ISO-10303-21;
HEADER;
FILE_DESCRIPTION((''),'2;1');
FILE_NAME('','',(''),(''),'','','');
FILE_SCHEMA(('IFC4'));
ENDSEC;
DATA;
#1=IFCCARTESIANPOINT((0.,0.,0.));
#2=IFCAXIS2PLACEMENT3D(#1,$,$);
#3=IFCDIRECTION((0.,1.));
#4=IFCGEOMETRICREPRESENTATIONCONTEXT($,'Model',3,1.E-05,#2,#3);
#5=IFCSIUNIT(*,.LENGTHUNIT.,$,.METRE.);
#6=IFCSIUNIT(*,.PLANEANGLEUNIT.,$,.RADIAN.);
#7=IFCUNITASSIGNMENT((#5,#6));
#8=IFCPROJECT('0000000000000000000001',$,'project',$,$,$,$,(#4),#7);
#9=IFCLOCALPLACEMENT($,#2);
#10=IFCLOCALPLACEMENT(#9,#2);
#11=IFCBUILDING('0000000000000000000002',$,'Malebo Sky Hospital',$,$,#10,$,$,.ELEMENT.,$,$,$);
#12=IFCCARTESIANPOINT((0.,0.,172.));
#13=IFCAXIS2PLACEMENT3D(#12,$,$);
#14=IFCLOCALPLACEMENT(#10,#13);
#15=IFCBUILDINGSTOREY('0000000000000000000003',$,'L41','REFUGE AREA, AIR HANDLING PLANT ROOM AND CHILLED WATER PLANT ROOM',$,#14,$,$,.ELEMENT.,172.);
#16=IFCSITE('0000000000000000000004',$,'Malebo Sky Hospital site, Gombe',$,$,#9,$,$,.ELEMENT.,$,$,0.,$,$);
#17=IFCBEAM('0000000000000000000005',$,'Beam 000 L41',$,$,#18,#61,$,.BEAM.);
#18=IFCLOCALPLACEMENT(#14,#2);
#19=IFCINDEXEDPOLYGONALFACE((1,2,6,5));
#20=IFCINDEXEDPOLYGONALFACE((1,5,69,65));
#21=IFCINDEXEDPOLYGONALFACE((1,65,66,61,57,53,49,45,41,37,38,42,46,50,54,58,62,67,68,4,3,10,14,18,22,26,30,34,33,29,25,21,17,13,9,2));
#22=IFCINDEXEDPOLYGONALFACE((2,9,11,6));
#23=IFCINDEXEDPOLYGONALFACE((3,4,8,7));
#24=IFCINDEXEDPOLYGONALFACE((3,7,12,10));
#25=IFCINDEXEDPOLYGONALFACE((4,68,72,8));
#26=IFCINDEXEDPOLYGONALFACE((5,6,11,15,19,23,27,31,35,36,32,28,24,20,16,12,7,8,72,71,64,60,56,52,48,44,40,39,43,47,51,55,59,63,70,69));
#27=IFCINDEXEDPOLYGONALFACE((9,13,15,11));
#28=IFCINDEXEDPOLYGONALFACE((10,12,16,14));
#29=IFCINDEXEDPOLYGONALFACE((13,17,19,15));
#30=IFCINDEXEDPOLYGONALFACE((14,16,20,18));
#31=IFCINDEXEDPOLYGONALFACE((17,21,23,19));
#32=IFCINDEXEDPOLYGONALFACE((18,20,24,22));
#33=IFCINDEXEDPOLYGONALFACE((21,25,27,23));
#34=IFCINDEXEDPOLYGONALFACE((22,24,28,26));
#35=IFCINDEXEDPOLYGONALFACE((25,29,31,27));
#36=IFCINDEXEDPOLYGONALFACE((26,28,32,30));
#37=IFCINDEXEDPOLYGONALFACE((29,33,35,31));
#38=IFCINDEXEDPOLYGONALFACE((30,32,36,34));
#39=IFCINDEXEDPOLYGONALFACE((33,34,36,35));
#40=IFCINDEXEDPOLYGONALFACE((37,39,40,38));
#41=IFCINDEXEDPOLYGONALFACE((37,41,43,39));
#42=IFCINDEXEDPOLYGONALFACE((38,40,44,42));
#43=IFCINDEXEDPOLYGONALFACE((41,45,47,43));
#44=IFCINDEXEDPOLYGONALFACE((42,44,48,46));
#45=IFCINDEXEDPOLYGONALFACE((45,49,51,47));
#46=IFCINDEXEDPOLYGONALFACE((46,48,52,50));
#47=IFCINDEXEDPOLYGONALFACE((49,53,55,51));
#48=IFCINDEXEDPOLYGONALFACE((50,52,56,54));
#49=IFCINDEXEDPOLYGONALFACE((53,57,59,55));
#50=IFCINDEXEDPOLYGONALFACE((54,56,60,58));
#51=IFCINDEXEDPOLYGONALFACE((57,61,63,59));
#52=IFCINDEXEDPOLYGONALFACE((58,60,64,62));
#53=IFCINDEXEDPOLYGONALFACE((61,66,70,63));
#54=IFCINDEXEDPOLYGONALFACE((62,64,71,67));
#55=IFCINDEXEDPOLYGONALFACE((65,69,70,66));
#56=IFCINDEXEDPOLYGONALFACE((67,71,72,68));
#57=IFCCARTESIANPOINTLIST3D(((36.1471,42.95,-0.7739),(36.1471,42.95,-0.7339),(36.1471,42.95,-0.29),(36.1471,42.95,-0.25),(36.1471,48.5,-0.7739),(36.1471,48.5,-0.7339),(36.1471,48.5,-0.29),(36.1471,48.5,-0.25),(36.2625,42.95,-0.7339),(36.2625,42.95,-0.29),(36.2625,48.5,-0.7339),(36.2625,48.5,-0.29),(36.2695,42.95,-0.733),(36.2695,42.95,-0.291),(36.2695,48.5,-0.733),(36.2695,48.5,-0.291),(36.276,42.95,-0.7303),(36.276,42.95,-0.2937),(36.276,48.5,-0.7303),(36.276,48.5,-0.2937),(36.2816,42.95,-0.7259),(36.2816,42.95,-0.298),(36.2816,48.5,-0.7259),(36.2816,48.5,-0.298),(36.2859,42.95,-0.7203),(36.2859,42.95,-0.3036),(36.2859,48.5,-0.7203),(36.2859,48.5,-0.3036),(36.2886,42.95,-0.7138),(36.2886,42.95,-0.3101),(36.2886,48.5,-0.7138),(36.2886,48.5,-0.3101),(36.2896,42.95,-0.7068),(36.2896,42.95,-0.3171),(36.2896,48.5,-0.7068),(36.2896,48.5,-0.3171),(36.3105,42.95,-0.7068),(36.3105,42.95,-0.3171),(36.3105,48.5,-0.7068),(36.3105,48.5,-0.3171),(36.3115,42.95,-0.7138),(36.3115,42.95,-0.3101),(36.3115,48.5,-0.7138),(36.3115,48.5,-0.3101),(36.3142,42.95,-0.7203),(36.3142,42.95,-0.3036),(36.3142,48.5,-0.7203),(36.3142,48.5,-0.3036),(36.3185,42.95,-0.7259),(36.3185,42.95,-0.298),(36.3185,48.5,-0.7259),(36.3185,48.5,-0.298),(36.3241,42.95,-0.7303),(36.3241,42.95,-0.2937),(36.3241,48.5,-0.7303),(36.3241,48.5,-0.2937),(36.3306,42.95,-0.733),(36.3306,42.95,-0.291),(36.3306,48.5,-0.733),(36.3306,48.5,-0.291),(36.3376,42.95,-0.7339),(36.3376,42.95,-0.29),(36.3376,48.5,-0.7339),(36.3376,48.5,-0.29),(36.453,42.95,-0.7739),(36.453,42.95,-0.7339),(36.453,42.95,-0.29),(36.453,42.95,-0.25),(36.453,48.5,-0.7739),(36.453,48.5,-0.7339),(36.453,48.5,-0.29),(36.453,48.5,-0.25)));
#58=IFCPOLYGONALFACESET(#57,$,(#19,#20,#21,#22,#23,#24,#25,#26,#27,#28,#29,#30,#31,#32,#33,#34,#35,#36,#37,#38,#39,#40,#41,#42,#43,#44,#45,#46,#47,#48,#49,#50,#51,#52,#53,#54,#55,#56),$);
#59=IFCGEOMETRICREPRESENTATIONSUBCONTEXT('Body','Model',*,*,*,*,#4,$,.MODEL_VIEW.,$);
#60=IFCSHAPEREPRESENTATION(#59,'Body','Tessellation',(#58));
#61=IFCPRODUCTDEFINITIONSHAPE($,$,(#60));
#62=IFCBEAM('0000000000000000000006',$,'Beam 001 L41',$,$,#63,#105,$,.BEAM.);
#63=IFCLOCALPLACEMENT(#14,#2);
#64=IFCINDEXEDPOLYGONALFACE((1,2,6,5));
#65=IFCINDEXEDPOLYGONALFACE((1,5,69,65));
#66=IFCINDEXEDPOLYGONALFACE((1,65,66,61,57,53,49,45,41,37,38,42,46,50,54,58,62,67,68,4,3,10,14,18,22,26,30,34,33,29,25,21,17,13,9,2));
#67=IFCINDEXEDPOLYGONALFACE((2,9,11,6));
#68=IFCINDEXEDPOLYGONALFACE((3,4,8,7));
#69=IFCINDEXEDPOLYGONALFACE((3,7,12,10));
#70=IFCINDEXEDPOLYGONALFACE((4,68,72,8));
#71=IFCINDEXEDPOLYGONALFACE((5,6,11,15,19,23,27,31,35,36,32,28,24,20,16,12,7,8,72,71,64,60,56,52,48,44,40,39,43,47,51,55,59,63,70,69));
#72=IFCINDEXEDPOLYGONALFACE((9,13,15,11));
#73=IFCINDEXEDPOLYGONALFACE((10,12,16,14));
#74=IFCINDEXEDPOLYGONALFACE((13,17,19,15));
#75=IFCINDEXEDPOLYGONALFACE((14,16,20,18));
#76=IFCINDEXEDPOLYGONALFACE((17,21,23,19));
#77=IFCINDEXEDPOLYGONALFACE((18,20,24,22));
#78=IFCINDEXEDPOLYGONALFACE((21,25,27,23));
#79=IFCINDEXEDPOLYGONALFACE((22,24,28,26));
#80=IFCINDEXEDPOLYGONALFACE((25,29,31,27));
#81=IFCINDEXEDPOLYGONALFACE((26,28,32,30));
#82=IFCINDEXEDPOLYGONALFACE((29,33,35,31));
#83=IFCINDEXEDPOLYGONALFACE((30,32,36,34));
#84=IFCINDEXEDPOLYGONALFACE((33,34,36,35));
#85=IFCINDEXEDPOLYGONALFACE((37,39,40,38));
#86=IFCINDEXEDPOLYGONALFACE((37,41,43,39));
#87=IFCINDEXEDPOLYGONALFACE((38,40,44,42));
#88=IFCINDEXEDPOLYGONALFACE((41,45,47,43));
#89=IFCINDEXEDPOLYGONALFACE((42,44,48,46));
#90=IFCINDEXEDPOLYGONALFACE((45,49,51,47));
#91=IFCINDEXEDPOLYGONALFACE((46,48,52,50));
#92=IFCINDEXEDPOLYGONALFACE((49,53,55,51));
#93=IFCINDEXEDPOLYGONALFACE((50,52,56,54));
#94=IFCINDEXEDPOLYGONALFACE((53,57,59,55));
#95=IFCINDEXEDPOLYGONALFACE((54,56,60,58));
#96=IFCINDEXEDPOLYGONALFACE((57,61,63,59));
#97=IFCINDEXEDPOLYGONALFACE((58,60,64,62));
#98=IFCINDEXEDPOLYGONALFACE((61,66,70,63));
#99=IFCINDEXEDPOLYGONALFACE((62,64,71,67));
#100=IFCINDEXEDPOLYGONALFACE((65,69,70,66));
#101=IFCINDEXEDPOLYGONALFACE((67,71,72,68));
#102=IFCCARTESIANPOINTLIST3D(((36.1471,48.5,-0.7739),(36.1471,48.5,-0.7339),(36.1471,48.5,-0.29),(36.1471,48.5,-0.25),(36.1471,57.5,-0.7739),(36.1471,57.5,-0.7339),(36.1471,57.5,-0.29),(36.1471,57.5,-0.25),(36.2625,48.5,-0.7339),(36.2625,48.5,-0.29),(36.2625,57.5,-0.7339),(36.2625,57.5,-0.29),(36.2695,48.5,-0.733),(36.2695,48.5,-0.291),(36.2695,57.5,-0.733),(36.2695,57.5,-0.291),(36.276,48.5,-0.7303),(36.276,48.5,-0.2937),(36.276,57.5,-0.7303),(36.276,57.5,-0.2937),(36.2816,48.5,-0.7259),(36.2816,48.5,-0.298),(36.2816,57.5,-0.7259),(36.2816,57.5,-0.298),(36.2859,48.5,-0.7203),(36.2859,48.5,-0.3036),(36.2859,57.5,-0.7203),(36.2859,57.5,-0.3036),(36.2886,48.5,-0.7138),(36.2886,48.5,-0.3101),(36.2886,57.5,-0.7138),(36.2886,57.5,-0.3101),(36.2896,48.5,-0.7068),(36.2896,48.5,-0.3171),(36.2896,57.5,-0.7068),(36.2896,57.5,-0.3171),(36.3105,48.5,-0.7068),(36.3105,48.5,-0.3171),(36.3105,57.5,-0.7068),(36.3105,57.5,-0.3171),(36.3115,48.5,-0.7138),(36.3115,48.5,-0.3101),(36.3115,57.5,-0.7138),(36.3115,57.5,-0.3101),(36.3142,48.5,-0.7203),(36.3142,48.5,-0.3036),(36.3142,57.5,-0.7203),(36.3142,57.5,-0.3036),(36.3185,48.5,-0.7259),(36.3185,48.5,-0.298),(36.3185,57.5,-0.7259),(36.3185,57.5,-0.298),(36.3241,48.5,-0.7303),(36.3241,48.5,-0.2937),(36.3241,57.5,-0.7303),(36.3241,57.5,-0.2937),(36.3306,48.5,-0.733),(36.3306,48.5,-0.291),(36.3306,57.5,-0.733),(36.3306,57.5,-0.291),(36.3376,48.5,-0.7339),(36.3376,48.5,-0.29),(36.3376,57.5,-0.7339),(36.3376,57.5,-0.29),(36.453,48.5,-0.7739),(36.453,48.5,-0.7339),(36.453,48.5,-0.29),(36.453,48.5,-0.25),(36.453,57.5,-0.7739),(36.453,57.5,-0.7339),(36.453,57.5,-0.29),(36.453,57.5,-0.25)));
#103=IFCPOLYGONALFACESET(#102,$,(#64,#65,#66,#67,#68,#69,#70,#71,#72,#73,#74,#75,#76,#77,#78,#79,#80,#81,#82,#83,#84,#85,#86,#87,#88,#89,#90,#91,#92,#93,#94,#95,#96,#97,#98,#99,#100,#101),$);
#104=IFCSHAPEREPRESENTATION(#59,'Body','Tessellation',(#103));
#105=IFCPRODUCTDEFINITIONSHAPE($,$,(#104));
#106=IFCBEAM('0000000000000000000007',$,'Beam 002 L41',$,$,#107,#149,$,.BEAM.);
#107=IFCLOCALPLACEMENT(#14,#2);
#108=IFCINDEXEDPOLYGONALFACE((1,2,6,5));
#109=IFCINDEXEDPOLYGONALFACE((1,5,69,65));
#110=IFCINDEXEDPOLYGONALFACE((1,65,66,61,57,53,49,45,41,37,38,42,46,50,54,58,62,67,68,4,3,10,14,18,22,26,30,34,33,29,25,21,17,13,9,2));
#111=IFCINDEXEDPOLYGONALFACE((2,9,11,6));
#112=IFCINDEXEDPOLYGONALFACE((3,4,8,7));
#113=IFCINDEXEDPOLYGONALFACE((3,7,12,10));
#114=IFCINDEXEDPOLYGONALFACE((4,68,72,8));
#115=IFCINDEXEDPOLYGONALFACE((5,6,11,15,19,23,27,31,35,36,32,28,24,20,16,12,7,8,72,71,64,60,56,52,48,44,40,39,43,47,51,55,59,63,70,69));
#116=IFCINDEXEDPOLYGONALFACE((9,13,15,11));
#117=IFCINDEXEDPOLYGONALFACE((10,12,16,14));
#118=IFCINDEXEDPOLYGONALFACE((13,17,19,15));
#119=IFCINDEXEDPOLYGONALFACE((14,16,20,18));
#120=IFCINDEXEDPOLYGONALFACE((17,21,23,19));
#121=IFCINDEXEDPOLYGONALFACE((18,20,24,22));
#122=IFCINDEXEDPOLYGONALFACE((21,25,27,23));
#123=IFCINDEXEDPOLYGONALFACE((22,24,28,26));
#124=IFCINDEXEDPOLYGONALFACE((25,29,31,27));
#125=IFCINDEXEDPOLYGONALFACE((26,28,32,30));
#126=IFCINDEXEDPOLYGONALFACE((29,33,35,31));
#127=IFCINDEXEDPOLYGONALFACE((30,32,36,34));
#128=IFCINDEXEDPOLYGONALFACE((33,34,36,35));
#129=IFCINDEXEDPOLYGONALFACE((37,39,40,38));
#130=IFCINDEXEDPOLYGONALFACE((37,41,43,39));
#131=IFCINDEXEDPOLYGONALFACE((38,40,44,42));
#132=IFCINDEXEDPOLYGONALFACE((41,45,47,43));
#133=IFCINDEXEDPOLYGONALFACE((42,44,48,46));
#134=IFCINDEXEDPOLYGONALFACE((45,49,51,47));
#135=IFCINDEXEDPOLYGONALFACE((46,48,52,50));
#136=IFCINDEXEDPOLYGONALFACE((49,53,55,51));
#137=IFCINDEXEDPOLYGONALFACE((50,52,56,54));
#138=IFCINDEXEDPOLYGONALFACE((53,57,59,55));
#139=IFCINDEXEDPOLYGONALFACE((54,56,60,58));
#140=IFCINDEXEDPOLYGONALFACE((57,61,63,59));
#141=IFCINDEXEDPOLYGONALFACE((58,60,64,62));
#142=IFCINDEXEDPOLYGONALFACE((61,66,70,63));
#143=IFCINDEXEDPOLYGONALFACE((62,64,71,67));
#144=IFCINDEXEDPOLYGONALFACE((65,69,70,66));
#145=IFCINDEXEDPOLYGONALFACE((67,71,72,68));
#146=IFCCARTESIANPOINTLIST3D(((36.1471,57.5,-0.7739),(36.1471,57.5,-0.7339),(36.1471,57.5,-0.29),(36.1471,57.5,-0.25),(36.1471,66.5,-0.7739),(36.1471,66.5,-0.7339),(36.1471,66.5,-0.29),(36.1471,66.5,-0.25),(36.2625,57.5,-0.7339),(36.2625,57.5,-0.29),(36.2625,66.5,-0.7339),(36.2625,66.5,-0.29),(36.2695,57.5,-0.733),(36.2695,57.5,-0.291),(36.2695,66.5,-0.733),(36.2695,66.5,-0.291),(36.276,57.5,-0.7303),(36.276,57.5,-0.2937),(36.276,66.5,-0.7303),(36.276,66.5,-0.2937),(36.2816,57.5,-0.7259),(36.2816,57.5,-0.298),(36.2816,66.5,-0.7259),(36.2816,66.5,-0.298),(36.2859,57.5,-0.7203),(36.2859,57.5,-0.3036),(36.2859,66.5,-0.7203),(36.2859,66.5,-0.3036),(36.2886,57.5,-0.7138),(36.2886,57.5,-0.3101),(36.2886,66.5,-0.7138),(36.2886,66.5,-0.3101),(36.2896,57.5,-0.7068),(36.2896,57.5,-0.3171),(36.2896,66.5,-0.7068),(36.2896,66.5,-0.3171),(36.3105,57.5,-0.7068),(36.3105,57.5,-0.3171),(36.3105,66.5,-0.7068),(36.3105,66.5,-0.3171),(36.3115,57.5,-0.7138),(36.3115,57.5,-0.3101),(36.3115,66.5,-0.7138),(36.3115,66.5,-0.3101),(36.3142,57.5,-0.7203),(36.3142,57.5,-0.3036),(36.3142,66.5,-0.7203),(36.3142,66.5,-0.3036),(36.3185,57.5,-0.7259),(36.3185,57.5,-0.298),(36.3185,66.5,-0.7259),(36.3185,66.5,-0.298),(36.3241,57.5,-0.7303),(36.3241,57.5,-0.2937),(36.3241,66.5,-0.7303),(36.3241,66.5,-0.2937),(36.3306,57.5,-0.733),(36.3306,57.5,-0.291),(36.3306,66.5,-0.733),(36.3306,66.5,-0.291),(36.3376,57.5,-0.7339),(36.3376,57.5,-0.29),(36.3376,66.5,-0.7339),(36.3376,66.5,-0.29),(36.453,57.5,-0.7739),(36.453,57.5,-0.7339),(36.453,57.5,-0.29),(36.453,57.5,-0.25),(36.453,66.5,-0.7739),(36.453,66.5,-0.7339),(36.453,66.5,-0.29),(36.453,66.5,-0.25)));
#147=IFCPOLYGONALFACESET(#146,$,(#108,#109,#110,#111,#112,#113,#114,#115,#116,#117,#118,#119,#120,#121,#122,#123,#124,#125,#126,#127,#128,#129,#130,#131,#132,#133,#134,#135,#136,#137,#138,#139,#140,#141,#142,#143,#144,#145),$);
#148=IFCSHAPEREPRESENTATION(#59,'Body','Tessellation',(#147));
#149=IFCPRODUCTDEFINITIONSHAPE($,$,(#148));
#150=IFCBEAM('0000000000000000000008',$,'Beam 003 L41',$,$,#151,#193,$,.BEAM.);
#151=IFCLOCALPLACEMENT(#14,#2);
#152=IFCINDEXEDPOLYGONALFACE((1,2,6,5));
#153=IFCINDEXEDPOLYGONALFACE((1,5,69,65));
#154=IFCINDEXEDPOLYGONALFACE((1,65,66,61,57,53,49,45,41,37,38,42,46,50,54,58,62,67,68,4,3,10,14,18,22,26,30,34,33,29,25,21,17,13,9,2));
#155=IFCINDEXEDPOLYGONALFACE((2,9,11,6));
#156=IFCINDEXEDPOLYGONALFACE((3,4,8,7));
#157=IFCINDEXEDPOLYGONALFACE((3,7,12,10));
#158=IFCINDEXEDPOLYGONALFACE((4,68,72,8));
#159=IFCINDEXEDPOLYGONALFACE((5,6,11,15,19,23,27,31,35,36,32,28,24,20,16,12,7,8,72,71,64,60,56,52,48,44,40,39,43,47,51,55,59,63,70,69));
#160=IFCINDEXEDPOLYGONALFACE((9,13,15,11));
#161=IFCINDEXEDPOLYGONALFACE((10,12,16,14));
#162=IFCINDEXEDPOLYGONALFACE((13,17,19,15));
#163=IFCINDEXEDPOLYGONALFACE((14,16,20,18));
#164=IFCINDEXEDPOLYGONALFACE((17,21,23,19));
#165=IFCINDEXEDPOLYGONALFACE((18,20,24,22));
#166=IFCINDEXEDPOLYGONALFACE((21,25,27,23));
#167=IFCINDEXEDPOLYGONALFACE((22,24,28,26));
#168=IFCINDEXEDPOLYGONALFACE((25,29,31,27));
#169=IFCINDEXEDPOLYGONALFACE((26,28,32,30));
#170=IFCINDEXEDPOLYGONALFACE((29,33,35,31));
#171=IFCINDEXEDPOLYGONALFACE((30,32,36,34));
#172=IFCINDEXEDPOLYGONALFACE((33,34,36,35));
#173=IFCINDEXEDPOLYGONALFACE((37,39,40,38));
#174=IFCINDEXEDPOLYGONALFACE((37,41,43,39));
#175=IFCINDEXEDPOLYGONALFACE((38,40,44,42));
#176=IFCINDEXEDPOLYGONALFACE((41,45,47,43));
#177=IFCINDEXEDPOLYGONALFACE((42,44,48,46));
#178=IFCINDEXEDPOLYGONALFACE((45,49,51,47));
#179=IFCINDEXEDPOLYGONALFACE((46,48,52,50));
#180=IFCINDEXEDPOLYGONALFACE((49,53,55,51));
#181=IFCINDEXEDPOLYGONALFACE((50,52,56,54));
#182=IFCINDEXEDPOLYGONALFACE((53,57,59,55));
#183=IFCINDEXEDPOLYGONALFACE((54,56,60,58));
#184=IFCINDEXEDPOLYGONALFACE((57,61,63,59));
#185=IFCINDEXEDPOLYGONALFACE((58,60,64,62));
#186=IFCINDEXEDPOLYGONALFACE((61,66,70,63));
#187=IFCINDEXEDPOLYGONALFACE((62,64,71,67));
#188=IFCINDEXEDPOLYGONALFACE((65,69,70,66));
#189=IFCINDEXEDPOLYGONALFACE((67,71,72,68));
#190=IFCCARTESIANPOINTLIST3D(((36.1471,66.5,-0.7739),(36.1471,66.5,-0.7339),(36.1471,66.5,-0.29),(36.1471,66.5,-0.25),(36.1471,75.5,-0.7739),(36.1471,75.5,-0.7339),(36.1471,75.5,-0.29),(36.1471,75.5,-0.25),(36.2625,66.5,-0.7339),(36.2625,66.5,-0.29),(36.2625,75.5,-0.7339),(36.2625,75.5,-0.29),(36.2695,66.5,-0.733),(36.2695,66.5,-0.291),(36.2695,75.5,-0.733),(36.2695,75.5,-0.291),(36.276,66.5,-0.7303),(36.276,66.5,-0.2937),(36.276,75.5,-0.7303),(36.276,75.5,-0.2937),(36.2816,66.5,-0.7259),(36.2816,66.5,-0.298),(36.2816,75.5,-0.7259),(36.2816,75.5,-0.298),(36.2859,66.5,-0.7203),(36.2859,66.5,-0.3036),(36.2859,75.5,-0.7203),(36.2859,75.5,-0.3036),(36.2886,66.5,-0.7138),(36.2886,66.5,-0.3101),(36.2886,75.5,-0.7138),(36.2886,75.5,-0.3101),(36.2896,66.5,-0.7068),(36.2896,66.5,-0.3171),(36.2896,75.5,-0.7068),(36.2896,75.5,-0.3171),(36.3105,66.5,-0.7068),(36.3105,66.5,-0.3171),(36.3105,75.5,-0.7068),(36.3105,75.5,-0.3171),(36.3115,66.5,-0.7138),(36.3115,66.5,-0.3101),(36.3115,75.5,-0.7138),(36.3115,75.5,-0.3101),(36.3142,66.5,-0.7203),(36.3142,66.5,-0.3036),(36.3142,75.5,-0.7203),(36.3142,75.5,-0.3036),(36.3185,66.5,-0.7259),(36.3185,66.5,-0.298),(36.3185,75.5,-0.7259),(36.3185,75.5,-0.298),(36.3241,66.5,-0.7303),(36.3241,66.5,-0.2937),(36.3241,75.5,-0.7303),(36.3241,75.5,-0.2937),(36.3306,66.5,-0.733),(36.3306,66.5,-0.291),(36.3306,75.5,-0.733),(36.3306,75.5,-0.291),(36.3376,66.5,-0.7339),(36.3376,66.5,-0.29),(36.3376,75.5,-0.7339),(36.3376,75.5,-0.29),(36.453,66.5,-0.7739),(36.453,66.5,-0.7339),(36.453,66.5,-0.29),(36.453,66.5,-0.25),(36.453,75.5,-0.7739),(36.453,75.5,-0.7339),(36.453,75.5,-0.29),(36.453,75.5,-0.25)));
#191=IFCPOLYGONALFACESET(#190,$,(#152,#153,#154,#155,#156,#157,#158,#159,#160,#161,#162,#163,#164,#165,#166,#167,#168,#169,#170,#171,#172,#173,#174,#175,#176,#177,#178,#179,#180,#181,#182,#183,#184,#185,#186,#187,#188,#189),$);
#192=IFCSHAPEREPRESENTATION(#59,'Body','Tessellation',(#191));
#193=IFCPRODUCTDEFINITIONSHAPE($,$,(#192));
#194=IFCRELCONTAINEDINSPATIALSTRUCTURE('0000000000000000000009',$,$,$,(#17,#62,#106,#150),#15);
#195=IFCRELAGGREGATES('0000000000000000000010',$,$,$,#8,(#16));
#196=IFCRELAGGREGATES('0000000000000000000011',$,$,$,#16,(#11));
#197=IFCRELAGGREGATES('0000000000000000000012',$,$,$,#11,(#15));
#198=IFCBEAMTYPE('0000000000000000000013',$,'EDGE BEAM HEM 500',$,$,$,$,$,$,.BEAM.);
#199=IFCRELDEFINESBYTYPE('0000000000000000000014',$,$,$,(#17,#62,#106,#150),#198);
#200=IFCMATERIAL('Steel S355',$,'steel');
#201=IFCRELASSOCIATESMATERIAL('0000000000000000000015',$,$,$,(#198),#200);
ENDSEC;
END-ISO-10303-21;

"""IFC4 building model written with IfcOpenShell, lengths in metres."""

from ifc_helpers import new_model, si_unit, direction, frame, origin, origin_2d, place, context, subcontext, project, spatial, i_section, extrude, material, material_profile, profile_set, type_object, element, save


model = new_model("IFC4")

# Units and contexts
model_context = context("Model", 3, precision=1e-05, world=origin(), true_north=direction((0.0, 1.0)))
body_context = subcontext(model_context, "Body", "Model", "MODEL_VIEW")
ifc_project = project(units=[si_unit("LENGTHUNIT", "METRE"), si_unit("PLANEANGLEUNIT", "RADIAN")], contexts=[model_context])

# Site, building, storey
site_placement = place(None, origin())
site = spatial("IfcSite", under=ifc_project, at=site_placement, Name="Malebo Sky Hospital site, Gombe", CompositionType="ELEMENT", RefElevation=0.0)
building_placement = place(site_placement, origin())
building = spatial("IfcBuilding", under=site, at=building_placement, Name="Malebo Sky Hospital", CompositionType="ELEMENT")
storey_placement = place(building_placement, frame((0.0, 0.0, 172.0)))
storey = spatial("IfcBuildingStorey", under=building, at=storey_placement, Name="L41", Description="REFUGE AREA, AIR HANDLING PLANT ROOM AND CHILLED WATER PLANT ROOM", CompositionType="ELEMENT", Elevation=172.0)

# Beams
ifc_material = material(Name="Steel S355", Category="steel")
ifc_material_profile_1 = material_profile(ifc_material, i_section(OverallWidth=0.3059, OverallDepth=0.5239, WebThickness=0.021, FlangeThickness=0.04, FilletRadius=0.0271, at=origin_2d()), Name="HEM 500")
ifc_profile_set_1 = profile_set([ifc_material_profile_1], Name="Steel S355")
beam_type_1 = type_object("IfcBeamType", Name="EDGE BEAM HEM 500", PredefinedType="BEAM", material=ifc_profile_set_1)
beam_1_placement = place(storey_placement, frame((36.3, 42.95, -0.512), z_axis=(0.0, 1.0, 0.0), x_axis=(-1.0, 0.0, 0.0)))
element("IfcBeam", 1, at=beam_1_placement, inside=storey, type_object=beam_type_1, Name="Beam 000 L41", PredefinedType="BEAM", context=body_context, shape_type="SweptSolid", body=[
    extrude(i_section(OverallWidth=0.3059, OverallDepth=0.5239, WebThickness=0.021, FlangeThickness=0.04, FilletRadius=0.0271, at=origin_2d()), origin(), (0.0, 0.0, 1.0), 5.55),
])
for number, where, z_axis, x_axis, name in (
    (2, (36.3, 48.5, -0.512), (0.0, 1.0, 0.0), (-1.0, 0.0, 0.0), "Beam 001 L41"),
    (3, (36.3, 57.5, -0.512), (0.0, 1.0, 0.0), (-1.0, 0.0, 0.0), "Beam 002 L41"),
    (4, (36.3, 66.5, -0.512), (0.0, 1.0, 0.0), (-1.0, 0.0, 0.0), "Beam 003 L41"),
):
    element("IfcBeam", number, at=place(storey_placement, frame(where, z_axis=z_axis, x_axis=x_axis)), inside=storey, type_object=beam_type_1, Name=name, PredefinedType="BEAM", context=body_context, shape_type="SweptSolid", body=[
        extrude(i_section(OverallWidth=0.3059, OverallDepth=0.5239, WebThickness=0.021, FlangeThickness=0.04, FilletRadius=0.0271, at=origin_2d()), origin(), (0.0, 0.0, 1.0), 9.0),
    ])

save(model, "model.ifc")
